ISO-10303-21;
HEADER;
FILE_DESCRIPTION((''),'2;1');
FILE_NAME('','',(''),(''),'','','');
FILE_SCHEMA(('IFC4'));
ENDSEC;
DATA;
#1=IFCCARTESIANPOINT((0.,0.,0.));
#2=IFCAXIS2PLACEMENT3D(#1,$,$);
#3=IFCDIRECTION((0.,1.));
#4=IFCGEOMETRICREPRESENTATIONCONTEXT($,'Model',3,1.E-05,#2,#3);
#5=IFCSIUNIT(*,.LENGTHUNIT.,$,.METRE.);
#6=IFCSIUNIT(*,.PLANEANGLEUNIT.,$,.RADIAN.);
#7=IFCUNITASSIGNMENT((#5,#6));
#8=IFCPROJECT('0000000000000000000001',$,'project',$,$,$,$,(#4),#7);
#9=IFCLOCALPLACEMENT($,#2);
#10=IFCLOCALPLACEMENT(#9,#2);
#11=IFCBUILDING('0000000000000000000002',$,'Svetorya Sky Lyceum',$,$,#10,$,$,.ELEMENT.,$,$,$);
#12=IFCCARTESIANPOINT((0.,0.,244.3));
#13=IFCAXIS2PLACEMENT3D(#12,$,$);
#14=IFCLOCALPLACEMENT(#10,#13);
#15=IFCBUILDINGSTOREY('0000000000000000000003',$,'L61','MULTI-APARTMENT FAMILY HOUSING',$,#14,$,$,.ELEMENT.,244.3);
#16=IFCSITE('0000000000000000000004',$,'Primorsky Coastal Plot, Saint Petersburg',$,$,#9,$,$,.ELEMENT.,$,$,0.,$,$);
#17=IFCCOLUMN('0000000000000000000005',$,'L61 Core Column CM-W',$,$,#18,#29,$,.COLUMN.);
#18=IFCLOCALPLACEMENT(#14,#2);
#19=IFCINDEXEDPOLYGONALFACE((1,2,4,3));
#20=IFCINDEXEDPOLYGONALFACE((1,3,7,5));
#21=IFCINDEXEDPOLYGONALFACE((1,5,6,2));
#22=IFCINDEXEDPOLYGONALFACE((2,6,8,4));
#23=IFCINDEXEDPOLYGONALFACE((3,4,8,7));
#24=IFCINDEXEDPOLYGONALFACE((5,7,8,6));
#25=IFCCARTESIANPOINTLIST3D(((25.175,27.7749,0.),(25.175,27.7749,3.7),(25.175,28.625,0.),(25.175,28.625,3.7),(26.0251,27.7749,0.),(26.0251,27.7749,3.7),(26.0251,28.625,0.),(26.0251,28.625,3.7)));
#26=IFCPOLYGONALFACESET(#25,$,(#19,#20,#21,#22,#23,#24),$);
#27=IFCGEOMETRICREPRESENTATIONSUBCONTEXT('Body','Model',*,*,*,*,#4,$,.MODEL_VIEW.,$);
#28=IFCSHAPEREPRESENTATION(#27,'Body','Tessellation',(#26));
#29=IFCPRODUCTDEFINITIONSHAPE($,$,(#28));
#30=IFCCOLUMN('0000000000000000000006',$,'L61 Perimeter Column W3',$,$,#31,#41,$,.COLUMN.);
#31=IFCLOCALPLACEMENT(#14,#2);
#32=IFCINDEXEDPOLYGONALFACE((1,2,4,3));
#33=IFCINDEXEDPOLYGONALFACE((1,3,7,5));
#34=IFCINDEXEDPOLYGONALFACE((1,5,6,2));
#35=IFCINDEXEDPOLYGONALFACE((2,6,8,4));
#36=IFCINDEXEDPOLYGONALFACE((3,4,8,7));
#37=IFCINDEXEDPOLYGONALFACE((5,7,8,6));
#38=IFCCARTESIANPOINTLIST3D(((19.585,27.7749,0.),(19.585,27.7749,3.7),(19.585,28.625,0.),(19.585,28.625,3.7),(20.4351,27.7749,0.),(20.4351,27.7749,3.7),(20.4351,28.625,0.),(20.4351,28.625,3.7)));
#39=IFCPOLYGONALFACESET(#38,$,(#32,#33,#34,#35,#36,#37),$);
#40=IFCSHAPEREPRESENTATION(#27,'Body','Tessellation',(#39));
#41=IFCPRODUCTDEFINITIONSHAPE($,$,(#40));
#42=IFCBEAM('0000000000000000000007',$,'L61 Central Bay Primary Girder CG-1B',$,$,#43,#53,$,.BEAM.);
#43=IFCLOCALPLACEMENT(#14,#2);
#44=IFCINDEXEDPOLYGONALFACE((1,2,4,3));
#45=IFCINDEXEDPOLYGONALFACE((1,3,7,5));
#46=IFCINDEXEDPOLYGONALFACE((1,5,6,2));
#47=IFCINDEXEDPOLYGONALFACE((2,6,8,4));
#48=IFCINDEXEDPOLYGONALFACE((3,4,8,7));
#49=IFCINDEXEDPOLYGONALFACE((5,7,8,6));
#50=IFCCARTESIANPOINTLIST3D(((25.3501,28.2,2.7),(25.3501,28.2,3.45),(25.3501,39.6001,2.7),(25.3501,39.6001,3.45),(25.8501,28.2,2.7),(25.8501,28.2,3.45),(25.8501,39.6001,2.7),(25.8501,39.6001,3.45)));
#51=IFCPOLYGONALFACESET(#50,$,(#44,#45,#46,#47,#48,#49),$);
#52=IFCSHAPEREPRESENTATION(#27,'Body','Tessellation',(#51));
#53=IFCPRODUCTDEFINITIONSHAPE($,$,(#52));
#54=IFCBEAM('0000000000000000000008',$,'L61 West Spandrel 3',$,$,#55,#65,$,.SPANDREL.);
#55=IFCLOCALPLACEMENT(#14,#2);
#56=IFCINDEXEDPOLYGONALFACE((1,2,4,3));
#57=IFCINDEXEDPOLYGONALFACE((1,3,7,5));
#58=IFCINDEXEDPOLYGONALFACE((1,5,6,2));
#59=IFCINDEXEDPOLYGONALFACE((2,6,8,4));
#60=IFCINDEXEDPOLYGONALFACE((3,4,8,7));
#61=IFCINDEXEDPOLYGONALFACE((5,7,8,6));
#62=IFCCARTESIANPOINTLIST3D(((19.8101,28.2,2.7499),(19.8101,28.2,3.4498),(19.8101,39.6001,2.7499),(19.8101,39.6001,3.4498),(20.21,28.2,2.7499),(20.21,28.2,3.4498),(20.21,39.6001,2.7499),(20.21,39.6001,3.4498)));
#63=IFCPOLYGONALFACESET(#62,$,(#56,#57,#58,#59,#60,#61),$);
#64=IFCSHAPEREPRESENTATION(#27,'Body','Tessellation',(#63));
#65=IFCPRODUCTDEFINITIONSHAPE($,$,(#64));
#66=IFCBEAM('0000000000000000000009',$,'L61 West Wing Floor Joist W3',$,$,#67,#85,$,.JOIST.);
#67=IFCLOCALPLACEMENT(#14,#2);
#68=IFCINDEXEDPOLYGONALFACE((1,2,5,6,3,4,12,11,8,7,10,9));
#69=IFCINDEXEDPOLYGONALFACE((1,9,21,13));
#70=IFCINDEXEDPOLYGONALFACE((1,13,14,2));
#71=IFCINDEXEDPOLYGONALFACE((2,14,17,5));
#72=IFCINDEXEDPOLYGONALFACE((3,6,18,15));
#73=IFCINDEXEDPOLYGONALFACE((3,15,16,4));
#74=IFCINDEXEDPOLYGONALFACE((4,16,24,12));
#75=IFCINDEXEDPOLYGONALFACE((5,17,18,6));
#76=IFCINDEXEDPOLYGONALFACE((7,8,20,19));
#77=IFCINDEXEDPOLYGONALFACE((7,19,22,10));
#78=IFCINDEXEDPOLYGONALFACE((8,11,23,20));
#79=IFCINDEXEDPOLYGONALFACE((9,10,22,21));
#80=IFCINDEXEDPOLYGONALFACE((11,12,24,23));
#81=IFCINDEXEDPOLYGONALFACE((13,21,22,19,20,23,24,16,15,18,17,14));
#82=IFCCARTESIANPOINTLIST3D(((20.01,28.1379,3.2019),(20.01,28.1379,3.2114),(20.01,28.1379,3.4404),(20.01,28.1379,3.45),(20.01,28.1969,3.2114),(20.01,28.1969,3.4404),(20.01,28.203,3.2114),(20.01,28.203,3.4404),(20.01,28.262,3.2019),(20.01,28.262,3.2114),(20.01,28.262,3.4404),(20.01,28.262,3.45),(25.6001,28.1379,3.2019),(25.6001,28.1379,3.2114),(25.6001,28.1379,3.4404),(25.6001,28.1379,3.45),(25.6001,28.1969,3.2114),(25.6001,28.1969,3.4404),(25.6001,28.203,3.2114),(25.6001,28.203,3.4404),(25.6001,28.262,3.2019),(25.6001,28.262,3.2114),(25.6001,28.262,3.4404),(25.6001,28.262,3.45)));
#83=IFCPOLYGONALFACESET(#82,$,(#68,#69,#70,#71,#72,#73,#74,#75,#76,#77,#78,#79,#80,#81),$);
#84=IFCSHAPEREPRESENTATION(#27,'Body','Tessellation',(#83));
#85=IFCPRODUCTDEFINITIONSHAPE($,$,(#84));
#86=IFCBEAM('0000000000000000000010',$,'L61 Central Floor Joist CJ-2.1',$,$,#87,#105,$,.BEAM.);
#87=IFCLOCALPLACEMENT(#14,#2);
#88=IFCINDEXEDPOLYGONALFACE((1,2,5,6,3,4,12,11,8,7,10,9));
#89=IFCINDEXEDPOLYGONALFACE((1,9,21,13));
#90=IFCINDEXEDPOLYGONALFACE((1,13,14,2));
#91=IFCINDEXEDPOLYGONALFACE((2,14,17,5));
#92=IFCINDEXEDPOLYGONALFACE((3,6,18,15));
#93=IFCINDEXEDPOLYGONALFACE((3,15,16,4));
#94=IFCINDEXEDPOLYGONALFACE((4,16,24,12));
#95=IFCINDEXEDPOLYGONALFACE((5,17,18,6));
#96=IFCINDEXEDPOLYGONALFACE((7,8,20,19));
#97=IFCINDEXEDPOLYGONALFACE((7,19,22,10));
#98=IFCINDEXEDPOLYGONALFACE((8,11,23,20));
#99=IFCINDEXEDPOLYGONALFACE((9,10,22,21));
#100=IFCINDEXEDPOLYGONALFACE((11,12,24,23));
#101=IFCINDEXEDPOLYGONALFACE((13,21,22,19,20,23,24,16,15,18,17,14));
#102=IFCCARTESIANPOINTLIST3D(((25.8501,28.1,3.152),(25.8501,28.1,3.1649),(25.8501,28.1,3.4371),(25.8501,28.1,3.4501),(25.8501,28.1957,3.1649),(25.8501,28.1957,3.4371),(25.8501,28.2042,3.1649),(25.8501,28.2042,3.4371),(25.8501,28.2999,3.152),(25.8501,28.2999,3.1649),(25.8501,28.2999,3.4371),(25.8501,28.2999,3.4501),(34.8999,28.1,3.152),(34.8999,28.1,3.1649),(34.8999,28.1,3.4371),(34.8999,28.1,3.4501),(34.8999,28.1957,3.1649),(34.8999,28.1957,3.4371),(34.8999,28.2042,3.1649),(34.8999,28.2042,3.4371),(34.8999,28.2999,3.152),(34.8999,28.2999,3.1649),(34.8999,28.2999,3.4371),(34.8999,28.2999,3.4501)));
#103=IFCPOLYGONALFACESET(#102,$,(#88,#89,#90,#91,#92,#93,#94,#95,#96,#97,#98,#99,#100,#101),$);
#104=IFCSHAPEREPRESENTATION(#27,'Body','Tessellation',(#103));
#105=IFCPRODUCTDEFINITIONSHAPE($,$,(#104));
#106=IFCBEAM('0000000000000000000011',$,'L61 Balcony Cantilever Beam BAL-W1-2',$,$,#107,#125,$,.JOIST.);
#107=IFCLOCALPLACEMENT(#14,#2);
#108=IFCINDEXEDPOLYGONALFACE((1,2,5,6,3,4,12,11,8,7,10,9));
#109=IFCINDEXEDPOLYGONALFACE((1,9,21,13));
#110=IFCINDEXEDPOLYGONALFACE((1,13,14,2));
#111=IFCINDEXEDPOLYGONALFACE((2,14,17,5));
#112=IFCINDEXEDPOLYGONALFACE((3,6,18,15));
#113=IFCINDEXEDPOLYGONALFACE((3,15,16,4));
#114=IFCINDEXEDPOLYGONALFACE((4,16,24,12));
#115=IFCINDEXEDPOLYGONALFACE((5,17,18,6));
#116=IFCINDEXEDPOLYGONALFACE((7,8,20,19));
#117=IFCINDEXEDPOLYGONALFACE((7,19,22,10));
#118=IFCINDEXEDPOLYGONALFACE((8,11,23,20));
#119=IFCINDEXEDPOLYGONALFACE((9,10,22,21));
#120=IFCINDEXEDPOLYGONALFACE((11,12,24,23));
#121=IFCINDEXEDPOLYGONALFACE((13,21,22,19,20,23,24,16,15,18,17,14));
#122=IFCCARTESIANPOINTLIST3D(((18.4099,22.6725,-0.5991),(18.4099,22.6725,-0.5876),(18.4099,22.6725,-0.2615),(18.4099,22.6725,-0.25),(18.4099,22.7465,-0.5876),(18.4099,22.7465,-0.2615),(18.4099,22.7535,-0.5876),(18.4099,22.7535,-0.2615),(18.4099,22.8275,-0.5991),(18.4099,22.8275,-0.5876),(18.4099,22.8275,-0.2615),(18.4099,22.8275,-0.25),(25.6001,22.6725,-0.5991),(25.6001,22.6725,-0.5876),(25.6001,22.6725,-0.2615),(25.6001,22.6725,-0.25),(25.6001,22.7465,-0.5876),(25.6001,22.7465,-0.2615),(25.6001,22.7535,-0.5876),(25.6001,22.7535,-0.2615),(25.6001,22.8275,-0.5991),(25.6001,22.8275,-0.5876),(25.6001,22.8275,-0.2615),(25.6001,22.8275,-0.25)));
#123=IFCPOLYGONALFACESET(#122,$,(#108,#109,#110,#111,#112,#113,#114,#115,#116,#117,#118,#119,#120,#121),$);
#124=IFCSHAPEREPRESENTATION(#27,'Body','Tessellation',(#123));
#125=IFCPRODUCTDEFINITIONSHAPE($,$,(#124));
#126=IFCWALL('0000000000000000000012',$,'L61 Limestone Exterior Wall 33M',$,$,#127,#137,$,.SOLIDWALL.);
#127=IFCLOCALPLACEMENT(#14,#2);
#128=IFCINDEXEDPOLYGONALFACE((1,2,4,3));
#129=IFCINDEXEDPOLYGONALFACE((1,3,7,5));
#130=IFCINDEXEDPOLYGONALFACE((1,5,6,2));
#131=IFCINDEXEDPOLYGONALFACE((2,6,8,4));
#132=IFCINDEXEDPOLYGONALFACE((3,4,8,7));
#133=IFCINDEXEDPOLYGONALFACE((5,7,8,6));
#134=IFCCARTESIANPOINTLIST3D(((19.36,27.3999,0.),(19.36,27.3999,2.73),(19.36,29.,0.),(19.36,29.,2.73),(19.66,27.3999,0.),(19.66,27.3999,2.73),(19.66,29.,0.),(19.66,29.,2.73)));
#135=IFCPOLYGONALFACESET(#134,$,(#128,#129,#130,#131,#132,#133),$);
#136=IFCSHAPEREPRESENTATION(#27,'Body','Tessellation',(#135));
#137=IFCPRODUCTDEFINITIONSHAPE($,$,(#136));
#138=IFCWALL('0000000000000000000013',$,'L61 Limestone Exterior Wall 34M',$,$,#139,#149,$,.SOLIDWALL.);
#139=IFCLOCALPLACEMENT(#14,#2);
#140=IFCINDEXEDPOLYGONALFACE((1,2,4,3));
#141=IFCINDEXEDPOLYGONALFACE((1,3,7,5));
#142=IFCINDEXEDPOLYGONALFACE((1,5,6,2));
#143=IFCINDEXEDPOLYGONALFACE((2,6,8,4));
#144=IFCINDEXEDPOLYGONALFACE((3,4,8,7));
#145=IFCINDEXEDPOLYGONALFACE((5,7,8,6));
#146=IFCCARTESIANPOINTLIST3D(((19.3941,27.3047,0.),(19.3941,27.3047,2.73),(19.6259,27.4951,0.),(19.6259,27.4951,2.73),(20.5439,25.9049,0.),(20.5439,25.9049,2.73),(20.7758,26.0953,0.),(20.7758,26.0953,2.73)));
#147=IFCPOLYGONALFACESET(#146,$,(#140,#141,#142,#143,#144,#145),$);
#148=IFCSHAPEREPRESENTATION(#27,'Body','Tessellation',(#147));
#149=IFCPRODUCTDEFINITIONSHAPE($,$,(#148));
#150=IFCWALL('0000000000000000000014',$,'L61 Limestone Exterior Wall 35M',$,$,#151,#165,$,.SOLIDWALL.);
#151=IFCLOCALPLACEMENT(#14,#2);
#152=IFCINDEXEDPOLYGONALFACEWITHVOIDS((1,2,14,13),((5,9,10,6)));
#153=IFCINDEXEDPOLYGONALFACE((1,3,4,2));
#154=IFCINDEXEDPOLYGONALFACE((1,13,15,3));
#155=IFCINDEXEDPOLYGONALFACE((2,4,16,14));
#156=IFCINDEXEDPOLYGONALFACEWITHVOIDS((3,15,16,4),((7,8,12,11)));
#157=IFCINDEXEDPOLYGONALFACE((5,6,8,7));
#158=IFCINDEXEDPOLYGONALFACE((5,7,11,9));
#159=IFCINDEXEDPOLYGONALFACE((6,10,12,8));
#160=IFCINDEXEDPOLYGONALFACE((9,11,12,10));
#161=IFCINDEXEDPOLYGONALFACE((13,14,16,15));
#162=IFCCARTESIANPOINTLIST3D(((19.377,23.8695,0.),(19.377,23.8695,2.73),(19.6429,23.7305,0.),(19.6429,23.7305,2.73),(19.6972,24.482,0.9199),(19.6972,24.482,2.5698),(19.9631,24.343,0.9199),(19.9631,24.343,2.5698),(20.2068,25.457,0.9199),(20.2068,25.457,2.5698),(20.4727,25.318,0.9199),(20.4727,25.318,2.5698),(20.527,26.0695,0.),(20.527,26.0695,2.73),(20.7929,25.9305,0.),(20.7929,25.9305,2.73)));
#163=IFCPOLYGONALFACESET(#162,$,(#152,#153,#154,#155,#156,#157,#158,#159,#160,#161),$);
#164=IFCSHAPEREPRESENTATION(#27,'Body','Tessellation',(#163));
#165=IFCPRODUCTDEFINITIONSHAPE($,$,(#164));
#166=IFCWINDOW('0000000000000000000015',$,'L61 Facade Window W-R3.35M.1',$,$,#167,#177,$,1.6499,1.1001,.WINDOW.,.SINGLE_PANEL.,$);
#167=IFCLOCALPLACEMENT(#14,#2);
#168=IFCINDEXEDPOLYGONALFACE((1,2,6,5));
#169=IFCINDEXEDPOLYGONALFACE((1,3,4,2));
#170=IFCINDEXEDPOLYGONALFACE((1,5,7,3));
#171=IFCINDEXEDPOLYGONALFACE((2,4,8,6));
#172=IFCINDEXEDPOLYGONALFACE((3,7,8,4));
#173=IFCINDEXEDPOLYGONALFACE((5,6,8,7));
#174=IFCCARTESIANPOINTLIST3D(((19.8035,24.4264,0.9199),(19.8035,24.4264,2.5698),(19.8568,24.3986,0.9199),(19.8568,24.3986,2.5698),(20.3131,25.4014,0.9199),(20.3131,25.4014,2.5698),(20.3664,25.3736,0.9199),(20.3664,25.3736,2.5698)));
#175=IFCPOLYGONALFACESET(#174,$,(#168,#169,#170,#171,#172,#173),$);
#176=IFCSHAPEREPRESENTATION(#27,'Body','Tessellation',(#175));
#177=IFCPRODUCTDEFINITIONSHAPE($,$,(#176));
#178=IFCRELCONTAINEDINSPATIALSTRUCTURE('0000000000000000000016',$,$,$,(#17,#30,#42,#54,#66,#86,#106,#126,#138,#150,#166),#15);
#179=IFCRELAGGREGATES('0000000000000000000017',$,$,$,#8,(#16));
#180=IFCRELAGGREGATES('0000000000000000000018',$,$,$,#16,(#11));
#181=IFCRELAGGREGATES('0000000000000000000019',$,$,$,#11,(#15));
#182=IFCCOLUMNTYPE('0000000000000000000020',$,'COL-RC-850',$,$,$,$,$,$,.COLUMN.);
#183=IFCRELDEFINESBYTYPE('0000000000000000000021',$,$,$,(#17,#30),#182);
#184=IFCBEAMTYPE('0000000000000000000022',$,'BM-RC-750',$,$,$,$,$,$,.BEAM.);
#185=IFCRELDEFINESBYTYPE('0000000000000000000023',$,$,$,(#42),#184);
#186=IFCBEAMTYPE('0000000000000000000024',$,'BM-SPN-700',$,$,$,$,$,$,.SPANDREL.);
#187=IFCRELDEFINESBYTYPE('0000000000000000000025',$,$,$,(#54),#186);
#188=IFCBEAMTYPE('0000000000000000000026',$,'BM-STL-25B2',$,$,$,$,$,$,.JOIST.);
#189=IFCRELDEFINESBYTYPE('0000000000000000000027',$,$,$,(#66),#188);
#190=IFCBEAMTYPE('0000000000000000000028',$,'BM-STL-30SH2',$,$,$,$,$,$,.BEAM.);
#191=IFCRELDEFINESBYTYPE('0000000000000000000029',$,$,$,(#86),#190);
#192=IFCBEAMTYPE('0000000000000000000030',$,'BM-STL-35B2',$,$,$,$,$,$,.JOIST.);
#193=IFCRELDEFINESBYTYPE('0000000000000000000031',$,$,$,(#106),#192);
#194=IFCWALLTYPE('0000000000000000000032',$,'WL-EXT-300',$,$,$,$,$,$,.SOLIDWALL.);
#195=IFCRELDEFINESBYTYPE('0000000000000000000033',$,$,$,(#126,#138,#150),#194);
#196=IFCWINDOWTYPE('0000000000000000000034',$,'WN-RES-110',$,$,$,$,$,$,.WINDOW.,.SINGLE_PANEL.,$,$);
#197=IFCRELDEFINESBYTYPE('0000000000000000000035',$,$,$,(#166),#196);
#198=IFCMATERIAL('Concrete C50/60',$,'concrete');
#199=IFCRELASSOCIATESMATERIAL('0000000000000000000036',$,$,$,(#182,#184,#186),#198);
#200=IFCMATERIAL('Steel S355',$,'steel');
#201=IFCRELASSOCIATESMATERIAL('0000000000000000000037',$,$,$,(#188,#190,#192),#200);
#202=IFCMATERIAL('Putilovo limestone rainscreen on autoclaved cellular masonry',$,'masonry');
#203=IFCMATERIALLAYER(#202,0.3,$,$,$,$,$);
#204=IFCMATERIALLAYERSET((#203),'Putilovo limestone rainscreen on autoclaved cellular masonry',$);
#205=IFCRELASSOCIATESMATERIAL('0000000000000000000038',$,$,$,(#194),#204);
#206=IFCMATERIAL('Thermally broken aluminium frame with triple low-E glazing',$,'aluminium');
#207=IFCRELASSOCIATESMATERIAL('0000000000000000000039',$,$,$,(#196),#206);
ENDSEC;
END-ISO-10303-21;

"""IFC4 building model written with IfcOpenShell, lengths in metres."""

from ifc_helpers import new_model, si_unit, direction, frame, frame_2d, origin, origin_2d, place, context, subcontext, project, spatial, rectangle, i_section, extrude, material, layer, layer_set, material_profile, profile_set, type_object, element, fill, save


model = new_model("IFC4")

# Units and contexts
model_context = context("Model", 3, precision=1e-05, world=origin(), true_north=direction((0.0, 1.0)))
body_context = subcontext(model_context, "Body", "Model", "MODEL_VIEW")
ifc_project = project(units=[si_unit("LENGTHUNIT", "METRE"), si_unit("PLANEANGLEUNIT", "RADIAN")], contexts=[model_context])

# Site, building, storey
site_placement = place(None, origin())
site = spatial("IfcSite", under=ifc_project, at=site_placement, Name="Primorsky Coastal Plot, Saint Petersburg", CompositionType="ELEMENT", RefElevation=0.0)
building_placement = place(site_placement, origin())
building = spatial("IfcBuilding", under=site, at=building_placement, Name="Svetorya Sky Lyceum", CompositionType="ELEMENT")
storey_placement = place(building_placement, frame((0.0, 0.0, 244.3)))
storey = spatial("IfcBuildingStorey", under=building, at=storey_placement, Name="L61", Description="MULTI-APARTMENT FAMILY HOUSING", CompositionType="ELEMENT", Elevation=244.3)

# Columns
ifc_material_1 = material(Name="Concrete C50/60", Category="concrete")
ifc_material_profile_1 = material_profile(ifc_material_1, rectangle(XDim=0.8501, YDim=0.8501, at=origin_2d()), Name="RC COL 850x850")
ifc_profile_set_1 = profile_set([ifc_material_profile_1], Name="Concrete C50/60")
column_type = type_object("IfcColumnType", Name="COL-RC-850", PredefinedType="COLUMN", material=ifc_profile_set_1)
for number, where, z_axis, x_axis, name in (
    (1, (25.6001, 28.2, 0.0), (0.0, 0.0, 1.0), (1.0, 0.0, 0.0), "L61 Core Column CM-W"),
    (2, (20.01, 28.2, 0.0), (0.0, 0.0, 1.0), (1.0, 0.0, 0.0), "L61 Perimeter Column W3"),
):
    element("IfcColumn", number, at=place(storey_placement, frame(where, z_axis=z_axis, x_axis=x_axis)), inside=storey, type_object=column_type, Name=name, PredefinedType="COLUMN", context=body_context, shape_type="SweptSolid", body=[
        extrude(rectangle(XDim=0.8501, YDim=0.8501, at=origin_2d()), origin(), (0.0, 0.0, 1.0), 3.7),
    ])

# Beams
ifc_material_profile_2 = material_profile(ifc_material_1, rectangle(XDim=0.5, YDim=0.75, at=origin_2d()), Name="RC BEAM 500x750")
ifc_profile_set_2 = profile_set([ifc_material_profile_2], Name="Concrete C50/60")
beam_type_1 = type_object("IfcBeamType", Name="BM-RC-750", PredefinedType="BEAM", material=ifc_profile_set_2)
beam_1_placement = place(storey_placement, frame((25.6001, 28.2, 3.075), z_axis=(0.0, 1.0, 0.0), x_axis=(-1.0, 0.0, 0.0)))
element("IfcBeam", 3, at=beam_1_placement, inside=storey, type_object=beam_type_1, Name="L61 Central Bay Primary Girder CG-1B", PredefinedType="BEAM", context=body_context, shape_type="SweptSolid", body=[
    extrude(rectangle(XDim=0.5, YDim=0.75, at=origin_2d()), origin(), (0.0, 0.0, 1.0), 11.4001),
])
ifc_material_profile_3 = material_profile(ifc_material_1, rectangle(XDim=0.3999, YDim=0.7, at=origin_2d()), Name="RC SPANDREL 400x700")
ifc_profile_set_3 = profile_set([ifc_material_profile_3], Name="Concrete C50/60")
beam_type_2 = type_object("IfcBeamType", Name="BM-SPN-700", PredefinedType="SPANDREL", material=ifc_profile_set_3)
beam_2_placement = place(storey_placement, frame((20.01, 28.2, 3.0999), z_axis=(0.0, 1.0, 0.0), x_axis=(-1.0, 0.0, 0.0)))
element("IfcBeam", 4, at=beam_2_placement, inside=storey, type_object=beam_type_2, Name="L61 West Spandrel 3", PredefinedType="SPANDREL", context=body_context, shape_type="SweptSolid", body=[
    extrude(rectangle(XDim=0.3999, YDim=0.7, at=origin_2d()), origin(), (0.0, 0.0, 1.0), 11.4001),
])
ifc_material_2 = material(Name="Steel S355", Category="steel")
ifc_material_profile_4 = material_profile(ifc_material_2, i_section(OverallWidth=0.124, OverallDepth=0.248, WebThickness=0.0061, FlangeThickness=0.0095, at=origin_2d()), Name="GOST 25B2")
ifc_profile_set_4 = profile_set([ifc_material_profile_4], Name="Steel S355")
beam_type_3 = type_object("IfcBeamType", Name="BM-STL-25B2", PredefinedType="JOIST", material=ifc_profile_set_4)
beam_3_placement = place(storey_placement, frame((20.01, 28.2, 3.3259), z_axis=(1.0, 0.0, 0.0), x_axis=(0.0, 1.0, 0.0)))
element("IfcBeam", 5, at=beam_3_placement, inside=storey, type_object=beam_type_3, Name="L61 West Wing Floor Joist W3", PredefinedType="JOIST", context=body_context, shape_type="SweptSolid", body=[
    extrude(i_section(OverallWidth=0.124, OverallDepth=0.248, WebThickness=0.0061, FlangeThickness=0.0095, at=origin_2d()), origin(), (0.0, 0.0, 1.0), 5.5901),
])
ifc_material_profile_5 = material_profile(ifc_material_2, i_section(OverallWidth=0.2, OverallDepth=0.2981, WebThickness=0.0085, FlangeThickness=0.0129, at=origin_2d()), Name="GOST 30Sh2")
ifc_profile_set_5 = profile_set([ifc_material_profile_5], Name="Steel S355")
beam_type_4 = type_object("IfcBeamType", Name="BM-STL-30SH2", PredefinedType="BEAM", material=ifc_profile_set_5)
beam_4_placement = place(storey_placement, frame((25.8501, 28.2, 3.301), z_axis=(1.0, 0.0, 0.0), x_axis=(0.0, 1.0, 0.0)))
element("IfcBeam", 6, at=beam_4_placement, inside=storey, type_object=beam_type_4, Name="L61 Central Floor Joist CJ-2.1", PredefinedType="BEAM", context=body_context, shape_type="SweptSolid", body=[
    extrude(i_section(OverallWidth=0.2, OverallDepth=0.2981, WebThickness=0.0085, FlangeThickness=0.0129, at=origin_2d()), origin(), (0.0, 0.0, 1.0), 9.0498),
])
ifc_material_profile_6 = material_profile(ifc_material_2, i_section(OverallWidth=0.155, OverallDepth=0.3491, WebThickness=0.0071, FlangeThickness=0.0115, at=origin_2d()), Name="GOST 35B2")
ifc_profile_set_6 = profile_set([ifc_material_profile_6], Name="Steel S355")
beam_type_5 = type_object("IfcBeamType", Name="BM-STL-35B2", PredefinedType="JOIST", material=ifc_profile_set_6)
beam_5_placement = place(storey_placement, frame((25.6001, 22.75, -0.4246), z_axis=(-1.0, 0.0, 0.0), x_axis=(0.0, -1.0, 0.0)))
element("IfcBeam", 7, at=beam_5_placement, inside=storey, type_object=beam_type_5, Name="L61 Balcony Cantilever Beam BAL-W1-2", PredefinedType="JOIST", context=body_context, shape_type="SweptSolid", body=[
    extrude(i_section(OverallWidth=0.155, OverallDepth=0.3491, WebThickness=0.0071, FlangeThickness=0.0115, at=origin_2d()), origin(), (0.0, 0.0, 1.0), 7.1902),
])

# Walls
ifc_material_3 = material(Name="Putilovo limestone rainscreen on autoclaved cellular masonry", Category="masonry")
ifc_layer_1 = layer(ifc_material_3, 0.3)
ifc_layer_set_1 = layer_set([ifc_layer_1], Name="Putilovo limestone rainscreen on autoclaved cellular masonry")
wall_type_1 = type_object("IfcWallType", Name="WL-EXT-300", PredefinedType="SOLIDWALL", material=ifc_layer_set_1)
wall_1_placement = place(storey_placement, frame((19.51, 29.0, 0.0), z_axis=(0.0, 0.0, 1.0), x_axis=(0.0, -1.0, 0.0)))
element("IfcWall", 8, at=wall_1_placement, inside=storey, type_object=wall_type_1, Name="L61 Limestone Exterior Wall 33M", PredefinedType="SOLIDWALL", context=body_context, shape_type="SweptSolid", body=[
    extrude(rectangle(XDim=1.6001, YDim=0.3, at=frame_2d((0.8, 0.0))), origin(), (0.0, 0.0, 1.0), 2.73),
])
wall_2_placement = place(storey_placement, frame((19.51, 27.3999, 0.0), z_axis=(0.0, 0.0, 1.0), x_axis=(0.634734, -0.772731, 0.0)))
element("IfcWall", 9, at=wall_2_placement, inside=storey, type_object=wall_type_1, Name="L61 Limestone Exterior Wall 34M", PredefinedType="SOLIDWALL", context=body_context, shape_type="SweptSolid", body=[
    extrude(rectangle(XDim=1.8115, YDim=0.3, at=frame_2d((0.9058, 0.0))), origin(), (0.0, 0.0, 1.0), 2.73),
])

# Wall, opening, window
wall_3_placement = place(storey_placement, frame((20.6599, 26.0, 0.0), z_axis=(0.0, 0.0, 1.0), x_axis=(-0.463231, -0.886237, 0.0)))
wall_3 = element("IfcWall", 10, at=wall_3_placement, inside=storey, type_object=wall_type_1, Name="L61 Limestone Exterior Wall 35M", PredefinedType="SOLIDWALL", context=body_context, shape_type="SweptSolid", body=[
    extrude(rectangle(XDim=2.4824, YDim=0.3, at=frame_2d((1.2412, 0.0))), origin(), (0.0, 0.0, 1.0), 2.73),
])
opening_1_placement = place(wall_3_placement, frame((0.6912, 0.0, 0.9199)))
opening_1 = element("IfcOpeningElement", 11, at=opening_1_placement, cuts=wall_3, PredefinedType="OPENING", context=body_context, shape_type="SweptSolid", body=[
    extrude(rectangle(XDim=1.1001, YDim=1.6499, at=frame_2d((0.55, 0.825))), frame((0.0, 0.1599, 0.0), z_axis=(0.0, -1.0, 0.0), x_axis=(1.0, 0.0, 0.0)), (0.0, 0.0, 1.0), 0.3201),
])
ifc_material_4 = material(Name="Thermally broken aluminium frame with triple low-E glazing", Category="aluminium")
window_type = type_object("IfcWindowType", Name="WN-RES-110", PartitioningType="SINGLE_PANEL", PredefinedType="WINDOW", material=ifc_material_4)
window_placement = place(opening_1_placement, origin())
window = element("IfcWindow", 12, at=window_placement, inside=storey, type_object=window_type, Name="L61 Facade Window W-R3.35M.1", OverallHeight=1.6499, OverallWidth=1.1001, PartitioningType="SINGLE_PANEL", PredefinedType="WINDOW", context=body_context, shape_type="SweptSolid", body=[
    extrude(rectangle(XDim=1.1001, YDim=1.6499, at=frame_2d((0.55, 0.825))), frame((0.0, 0.03, 0.0), z_axis=(0.0, -1.0, 0.0), x_axis=(1.0, 0.0, 0.0)), (0.0, 0.0, 1.0), 0.0601),
])
fill(opening_1, window)

save(model, "model.ifc")
